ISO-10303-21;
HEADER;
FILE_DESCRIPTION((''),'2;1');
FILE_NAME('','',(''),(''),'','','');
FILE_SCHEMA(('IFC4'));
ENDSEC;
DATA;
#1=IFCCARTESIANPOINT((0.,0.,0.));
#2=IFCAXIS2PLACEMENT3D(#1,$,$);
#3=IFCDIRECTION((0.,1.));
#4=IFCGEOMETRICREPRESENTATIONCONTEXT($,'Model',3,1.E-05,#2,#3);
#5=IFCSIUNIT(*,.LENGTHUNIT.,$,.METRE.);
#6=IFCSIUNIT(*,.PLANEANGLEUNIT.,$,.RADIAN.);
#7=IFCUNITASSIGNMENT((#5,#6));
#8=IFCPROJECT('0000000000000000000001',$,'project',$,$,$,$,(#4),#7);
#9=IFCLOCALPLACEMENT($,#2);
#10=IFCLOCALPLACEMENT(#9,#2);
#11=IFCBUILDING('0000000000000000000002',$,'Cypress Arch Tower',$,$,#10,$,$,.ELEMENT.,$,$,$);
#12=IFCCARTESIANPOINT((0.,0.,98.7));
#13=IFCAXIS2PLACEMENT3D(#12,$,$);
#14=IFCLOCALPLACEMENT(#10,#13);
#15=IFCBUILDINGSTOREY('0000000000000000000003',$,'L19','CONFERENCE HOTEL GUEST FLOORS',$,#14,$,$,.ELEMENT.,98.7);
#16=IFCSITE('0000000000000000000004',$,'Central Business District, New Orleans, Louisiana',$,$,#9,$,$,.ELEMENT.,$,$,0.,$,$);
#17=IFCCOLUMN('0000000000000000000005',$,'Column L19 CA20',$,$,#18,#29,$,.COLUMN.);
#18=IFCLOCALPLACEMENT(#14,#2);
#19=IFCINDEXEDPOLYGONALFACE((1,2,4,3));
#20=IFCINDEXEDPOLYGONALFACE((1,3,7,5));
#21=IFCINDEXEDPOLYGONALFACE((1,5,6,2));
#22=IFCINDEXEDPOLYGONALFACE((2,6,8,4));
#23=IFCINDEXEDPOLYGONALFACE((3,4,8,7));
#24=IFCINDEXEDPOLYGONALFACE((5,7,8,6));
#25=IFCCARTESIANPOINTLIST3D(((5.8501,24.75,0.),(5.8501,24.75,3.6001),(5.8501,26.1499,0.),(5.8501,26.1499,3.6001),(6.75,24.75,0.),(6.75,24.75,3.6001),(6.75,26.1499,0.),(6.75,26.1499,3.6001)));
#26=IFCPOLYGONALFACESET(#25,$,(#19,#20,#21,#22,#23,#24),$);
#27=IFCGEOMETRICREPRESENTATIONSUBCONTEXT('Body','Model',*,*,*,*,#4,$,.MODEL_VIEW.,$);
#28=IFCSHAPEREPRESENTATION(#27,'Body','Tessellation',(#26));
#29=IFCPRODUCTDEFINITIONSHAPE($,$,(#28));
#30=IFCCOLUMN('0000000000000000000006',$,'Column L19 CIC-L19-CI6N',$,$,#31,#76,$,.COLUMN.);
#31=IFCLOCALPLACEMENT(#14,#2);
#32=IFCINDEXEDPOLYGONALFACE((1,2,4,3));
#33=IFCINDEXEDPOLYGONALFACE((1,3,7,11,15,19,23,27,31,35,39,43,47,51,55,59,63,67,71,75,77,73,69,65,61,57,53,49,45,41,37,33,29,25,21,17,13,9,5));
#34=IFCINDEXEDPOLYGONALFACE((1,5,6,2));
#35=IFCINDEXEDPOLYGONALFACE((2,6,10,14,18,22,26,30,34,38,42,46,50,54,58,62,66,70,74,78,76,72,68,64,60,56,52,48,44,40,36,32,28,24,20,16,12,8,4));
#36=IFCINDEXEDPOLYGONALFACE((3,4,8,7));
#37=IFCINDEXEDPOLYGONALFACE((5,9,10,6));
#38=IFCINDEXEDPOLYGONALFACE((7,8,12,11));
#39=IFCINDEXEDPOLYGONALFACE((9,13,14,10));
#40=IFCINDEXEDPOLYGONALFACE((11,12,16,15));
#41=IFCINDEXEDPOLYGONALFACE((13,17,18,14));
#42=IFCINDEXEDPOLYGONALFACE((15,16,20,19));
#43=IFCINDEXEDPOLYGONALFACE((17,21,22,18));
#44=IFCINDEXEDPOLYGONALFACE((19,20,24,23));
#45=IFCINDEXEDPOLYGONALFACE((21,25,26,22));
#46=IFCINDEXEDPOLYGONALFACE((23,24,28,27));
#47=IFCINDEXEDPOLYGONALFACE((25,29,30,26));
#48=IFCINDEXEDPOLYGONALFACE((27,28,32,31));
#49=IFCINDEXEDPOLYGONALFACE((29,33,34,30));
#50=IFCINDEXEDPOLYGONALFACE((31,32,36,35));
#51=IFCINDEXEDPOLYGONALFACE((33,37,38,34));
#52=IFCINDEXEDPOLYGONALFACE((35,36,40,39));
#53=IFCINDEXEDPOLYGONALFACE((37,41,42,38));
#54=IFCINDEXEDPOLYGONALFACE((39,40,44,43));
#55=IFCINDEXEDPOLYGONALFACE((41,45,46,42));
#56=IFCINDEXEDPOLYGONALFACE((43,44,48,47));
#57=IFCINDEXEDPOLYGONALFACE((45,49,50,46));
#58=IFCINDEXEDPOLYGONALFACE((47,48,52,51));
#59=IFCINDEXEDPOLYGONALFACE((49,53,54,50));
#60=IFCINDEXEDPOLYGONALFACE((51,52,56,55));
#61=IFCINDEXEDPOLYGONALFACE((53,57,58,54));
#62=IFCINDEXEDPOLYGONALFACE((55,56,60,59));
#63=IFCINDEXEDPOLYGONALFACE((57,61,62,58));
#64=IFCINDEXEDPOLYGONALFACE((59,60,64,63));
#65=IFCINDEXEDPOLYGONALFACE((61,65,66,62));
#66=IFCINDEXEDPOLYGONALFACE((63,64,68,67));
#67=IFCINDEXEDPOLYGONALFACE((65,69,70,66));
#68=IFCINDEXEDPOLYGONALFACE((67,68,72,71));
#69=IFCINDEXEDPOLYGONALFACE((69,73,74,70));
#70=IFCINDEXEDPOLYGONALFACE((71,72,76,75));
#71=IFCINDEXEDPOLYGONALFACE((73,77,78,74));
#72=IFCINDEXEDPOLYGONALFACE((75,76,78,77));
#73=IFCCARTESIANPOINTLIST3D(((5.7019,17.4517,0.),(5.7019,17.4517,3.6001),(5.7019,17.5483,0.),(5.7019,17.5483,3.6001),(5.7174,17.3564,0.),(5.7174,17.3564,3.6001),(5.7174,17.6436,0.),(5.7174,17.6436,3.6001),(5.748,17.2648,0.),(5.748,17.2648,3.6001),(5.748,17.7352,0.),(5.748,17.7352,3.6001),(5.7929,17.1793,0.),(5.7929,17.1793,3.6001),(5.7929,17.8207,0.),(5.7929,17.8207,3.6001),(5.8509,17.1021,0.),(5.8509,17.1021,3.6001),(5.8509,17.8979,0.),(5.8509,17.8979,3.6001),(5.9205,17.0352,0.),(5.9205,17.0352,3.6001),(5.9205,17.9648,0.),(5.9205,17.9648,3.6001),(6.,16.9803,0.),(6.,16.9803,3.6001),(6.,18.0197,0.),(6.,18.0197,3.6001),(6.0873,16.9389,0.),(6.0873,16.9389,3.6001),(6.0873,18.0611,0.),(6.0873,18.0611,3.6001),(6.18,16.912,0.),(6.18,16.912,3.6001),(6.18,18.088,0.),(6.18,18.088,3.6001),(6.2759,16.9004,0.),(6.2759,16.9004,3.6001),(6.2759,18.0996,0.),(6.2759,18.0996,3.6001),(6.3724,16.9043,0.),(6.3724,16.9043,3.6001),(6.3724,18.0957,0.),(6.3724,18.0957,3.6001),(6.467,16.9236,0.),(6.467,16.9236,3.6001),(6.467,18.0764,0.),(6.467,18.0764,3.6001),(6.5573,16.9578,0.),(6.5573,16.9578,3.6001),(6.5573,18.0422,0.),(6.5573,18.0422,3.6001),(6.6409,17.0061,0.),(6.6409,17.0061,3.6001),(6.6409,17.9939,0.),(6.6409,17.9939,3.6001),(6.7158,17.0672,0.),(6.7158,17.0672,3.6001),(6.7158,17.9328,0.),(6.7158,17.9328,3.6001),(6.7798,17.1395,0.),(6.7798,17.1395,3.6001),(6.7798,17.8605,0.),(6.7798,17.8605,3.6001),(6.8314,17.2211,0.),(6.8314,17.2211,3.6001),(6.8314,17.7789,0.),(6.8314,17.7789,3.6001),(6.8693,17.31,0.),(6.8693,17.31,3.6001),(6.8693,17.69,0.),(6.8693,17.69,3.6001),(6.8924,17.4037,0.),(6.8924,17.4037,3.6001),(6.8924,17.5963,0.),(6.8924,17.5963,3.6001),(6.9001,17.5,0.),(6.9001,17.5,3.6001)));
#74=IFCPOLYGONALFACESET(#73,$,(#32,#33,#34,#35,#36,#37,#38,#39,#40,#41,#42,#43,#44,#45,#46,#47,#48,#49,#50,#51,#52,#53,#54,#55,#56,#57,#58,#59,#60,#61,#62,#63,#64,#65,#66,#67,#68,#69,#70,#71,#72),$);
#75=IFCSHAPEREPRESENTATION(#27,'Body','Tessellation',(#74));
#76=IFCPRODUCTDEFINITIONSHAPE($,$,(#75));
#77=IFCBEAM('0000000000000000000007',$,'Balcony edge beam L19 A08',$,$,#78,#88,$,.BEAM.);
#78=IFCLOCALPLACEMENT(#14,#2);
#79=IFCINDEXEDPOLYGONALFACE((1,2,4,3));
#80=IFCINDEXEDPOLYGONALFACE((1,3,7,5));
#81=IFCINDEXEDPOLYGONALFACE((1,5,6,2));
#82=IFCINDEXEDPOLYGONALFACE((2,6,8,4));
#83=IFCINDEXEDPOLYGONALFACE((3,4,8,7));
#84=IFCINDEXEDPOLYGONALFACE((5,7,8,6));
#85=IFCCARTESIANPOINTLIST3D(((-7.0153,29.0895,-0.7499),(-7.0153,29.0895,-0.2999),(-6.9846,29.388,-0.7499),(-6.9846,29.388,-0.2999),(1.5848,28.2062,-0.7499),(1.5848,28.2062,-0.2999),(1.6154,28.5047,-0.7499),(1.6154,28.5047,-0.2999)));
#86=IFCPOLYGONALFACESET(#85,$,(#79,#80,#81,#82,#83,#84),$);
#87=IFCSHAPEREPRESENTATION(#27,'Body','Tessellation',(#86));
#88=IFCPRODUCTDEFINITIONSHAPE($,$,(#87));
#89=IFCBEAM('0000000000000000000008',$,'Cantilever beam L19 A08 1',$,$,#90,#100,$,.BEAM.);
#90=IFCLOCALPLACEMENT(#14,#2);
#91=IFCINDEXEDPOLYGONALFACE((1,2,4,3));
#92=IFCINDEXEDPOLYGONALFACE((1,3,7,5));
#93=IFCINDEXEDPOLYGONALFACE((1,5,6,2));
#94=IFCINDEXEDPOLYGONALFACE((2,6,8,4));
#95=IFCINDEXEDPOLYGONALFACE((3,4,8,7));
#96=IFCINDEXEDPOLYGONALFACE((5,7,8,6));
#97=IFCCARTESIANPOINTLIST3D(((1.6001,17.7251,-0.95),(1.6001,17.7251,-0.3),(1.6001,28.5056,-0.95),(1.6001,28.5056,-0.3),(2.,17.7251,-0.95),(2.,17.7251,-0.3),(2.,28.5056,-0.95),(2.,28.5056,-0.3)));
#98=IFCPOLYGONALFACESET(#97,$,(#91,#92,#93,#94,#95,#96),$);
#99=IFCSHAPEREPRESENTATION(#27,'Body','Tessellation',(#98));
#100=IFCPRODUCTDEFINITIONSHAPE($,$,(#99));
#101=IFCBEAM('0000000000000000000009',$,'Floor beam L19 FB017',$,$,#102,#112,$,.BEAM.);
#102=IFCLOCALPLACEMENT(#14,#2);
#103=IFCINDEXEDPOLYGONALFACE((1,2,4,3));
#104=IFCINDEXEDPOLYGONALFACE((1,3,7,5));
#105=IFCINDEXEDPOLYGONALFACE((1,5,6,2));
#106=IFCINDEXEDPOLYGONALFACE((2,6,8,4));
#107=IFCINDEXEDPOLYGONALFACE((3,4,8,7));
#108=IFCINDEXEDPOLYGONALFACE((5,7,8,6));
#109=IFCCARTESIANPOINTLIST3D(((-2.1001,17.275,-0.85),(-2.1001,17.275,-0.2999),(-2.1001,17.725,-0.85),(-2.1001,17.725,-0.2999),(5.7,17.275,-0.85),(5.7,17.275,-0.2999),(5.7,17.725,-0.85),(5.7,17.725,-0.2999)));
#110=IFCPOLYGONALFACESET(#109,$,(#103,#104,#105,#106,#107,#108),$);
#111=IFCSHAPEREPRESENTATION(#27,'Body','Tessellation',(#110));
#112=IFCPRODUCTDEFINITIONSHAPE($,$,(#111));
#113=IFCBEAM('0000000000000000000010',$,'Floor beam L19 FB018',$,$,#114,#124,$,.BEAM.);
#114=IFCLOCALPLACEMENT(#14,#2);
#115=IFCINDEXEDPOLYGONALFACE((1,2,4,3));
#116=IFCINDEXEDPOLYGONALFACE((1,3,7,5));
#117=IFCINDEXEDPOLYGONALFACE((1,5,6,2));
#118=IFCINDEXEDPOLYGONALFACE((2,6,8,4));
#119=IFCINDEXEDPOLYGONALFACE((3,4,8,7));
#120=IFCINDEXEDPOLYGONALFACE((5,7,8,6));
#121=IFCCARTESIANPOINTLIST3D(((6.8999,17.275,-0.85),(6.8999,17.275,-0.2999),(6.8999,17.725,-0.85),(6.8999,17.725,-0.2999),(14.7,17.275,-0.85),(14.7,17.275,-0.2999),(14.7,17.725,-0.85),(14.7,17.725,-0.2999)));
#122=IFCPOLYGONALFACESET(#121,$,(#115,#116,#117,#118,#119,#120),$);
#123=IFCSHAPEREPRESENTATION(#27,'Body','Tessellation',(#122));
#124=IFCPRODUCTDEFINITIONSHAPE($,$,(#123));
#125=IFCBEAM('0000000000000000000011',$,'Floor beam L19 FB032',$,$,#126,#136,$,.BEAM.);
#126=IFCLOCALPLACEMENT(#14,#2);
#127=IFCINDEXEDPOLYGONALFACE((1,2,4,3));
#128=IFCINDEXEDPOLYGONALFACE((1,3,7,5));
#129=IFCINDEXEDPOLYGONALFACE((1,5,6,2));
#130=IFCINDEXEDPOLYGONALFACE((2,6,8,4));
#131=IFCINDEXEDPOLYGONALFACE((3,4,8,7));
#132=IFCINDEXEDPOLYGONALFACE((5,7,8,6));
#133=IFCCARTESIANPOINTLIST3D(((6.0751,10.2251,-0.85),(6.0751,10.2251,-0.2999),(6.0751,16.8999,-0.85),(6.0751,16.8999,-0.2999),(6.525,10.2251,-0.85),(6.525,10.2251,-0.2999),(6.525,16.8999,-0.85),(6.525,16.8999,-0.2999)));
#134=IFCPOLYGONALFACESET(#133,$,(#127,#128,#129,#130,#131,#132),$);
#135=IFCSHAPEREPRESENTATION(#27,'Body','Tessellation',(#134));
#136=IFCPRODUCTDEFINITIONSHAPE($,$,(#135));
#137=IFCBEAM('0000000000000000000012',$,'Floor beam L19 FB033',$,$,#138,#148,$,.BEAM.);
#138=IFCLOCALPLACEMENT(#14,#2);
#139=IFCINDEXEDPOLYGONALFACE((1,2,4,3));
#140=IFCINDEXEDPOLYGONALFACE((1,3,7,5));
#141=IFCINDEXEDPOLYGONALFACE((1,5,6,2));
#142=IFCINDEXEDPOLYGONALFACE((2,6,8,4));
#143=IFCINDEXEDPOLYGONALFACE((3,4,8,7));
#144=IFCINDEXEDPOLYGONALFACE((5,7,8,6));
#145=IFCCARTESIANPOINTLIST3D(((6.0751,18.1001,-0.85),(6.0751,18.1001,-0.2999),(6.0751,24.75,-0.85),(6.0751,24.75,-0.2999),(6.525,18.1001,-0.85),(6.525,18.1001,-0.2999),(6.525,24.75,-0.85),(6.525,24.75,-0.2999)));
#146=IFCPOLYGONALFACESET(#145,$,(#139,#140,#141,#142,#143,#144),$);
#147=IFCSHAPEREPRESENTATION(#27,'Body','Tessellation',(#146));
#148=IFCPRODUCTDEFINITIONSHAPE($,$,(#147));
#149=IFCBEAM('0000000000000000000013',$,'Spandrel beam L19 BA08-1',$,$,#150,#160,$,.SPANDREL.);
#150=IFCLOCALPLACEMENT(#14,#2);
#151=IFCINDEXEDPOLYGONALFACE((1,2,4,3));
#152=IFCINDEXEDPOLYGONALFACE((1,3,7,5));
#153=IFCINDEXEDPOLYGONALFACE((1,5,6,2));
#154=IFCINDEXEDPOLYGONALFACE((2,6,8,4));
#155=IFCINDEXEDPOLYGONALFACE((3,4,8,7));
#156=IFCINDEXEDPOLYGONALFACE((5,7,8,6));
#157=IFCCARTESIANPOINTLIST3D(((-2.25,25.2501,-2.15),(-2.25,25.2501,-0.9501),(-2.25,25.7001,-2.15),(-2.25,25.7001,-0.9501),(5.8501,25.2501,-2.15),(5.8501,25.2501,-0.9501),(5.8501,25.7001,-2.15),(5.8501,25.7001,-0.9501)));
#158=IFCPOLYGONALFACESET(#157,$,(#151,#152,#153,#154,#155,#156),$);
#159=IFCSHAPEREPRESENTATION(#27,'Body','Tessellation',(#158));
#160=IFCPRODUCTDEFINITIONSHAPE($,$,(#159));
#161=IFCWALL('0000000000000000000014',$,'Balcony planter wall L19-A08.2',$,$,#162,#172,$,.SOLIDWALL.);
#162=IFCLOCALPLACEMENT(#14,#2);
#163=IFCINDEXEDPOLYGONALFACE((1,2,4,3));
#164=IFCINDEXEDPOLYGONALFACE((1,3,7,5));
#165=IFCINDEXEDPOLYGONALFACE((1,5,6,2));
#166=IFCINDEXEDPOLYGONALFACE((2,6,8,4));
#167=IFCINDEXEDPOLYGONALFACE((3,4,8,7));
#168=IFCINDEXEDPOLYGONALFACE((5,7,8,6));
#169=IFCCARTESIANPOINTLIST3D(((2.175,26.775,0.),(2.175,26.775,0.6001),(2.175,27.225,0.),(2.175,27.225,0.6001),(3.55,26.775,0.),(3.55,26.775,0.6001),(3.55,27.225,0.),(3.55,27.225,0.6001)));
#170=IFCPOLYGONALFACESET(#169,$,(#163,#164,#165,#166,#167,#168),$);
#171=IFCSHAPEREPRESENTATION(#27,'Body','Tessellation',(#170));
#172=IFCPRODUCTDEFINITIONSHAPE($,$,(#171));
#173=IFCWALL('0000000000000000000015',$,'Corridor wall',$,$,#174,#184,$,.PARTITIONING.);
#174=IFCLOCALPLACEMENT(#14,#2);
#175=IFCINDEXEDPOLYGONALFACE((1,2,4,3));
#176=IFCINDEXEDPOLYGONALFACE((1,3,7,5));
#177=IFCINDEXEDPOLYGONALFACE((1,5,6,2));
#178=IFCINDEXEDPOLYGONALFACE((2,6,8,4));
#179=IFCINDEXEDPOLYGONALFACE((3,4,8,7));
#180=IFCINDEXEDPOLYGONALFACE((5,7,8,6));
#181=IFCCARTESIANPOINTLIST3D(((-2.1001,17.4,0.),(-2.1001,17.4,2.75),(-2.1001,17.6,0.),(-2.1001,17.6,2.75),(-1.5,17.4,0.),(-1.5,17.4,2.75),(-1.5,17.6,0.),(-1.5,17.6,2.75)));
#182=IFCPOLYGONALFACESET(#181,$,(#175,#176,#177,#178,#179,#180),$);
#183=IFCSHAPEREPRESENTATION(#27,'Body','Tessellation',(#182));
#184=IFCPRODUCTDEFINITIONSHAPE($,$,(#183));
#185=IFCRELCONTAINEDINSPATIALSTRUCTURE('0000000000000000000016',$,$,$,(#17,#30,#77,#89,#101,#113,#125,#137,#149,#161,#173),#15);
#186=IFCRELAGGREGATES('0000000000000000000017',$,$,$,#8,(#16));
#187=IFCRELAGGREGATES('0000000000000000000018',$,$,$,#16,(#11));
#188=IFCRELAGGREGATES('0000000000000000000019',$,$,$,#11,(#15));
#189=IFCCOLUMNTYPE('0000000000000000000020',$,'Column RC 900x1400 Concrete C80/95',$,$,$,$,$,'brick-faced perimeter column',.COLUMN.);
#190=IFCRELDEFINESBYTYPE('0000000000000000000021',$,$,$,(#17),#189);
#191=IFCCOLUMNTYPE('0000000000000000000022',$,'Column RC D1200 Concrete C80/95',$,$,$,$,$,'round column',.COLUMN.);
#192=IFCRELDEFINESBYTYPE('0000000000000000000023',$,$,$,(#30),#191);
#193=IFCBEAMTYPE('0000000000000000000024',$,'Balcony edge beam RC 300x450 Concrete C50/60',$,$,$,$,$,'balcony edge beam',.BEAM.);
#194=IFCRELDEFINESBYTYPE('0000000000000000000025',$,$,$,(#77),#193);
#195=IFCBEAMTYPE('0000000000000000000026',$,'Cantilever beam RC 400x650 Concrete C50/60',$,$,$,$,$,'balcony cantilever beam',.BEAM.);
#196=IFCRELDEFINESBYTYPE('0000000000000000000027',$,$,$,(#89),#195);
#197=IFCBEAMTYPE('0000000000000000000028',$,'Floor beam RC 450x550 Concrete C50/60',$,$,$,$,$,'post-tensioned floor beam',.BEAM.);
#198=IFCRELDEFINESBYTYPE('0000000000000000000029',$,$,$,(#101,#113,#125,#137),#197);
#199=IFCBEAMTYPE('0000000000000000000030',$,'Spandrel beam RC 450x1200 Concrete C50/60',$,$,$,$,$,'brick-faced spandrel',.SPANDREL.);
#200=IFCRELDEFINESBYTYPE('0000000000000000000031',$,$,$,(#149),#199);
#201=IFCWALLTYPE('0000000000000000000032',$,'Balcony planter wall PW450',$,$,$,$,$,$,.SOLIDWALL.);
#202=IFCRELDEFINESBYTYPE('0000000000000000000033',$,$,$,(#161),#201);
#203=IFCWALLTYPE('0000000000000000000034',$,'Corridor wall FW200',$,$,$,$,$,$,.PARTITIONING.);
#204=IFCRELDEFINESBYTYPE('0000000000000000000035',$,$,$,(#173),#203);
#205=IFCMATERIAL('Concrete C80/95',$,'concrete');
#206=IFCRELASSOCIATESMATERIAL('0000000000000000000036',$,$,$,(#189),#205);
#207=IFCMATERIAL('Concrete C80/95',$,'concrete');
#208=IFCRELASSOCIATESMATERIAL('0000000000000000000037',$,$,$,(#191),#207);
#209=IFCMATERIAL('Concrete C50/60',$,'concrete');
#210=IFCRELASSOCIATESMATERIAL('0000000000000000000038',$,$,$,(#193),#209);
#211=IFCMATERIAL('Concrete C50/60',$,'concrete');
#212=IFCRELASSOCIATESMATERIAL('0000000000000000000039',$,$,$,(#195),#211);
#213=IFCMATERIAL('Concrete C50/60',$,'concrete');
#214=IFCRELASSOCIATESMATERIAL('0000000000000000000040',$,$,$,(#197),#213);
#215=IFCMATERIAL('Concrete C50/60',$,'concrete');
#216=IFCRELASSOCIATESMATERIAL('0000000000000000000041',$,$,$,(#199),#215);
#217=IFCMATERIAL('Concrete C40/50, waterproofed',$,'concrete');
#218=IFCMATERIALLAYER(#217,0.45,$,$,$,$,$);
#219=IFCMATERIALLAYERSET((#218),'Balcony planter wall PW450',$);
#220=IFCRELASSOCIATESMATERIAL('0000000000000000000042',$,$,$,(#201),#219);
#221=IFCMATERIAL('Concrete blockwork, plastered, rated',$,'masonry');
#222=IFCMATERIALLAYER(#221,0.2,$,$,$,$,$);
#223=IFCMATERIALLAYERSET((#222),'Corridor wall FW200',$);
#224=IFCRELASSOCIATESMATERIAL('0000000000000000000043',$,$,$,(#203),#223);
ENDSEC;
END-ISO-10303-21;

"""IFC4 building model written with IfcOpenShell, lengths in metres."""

from ifc_helpers import new_model, si_unit, direction, frame, frame_2d, origin, origin_2d, place, context, subcontext, project, spatial, rectangle, circle, extrude, material, layer, layer_set, material_profile, profile_set, type_object, element, save


model = new_model("IFC4")

# Units and contexts
model_context = context("Model", 3, precision=1e-05, world=origin(), true_north=direction((0.0, 1.0)))
body_context = subcontext(model_context, "Body", "Model", "MODEL_VIEW")
ifc_project = project(units=[si_unit("LENGTHUNIT", "METRE"), si_unit("PLANEANGLEUNIT", "RADIAN")], contexts=[model_context])

# Site, building, storey
site_placement = place(None, origin())
site = spatial("IfcSite", under=ifc_project, at=site_placement, Name="Central Business District, New Orleans, Louisiana", CompositionType="ELEMENT", RefElevation=0.0)
building_placement = place(site_placement, origin())
building = spatial("IfcBuilding", under=site, at=building_placement, Name="Cypress Arch Tower", CompositionType="ELEMENT")
storey_placement = place(building_placement, frame((0.0, 0.0, 98.7)))
storey = spatial("IfcBuildingStorey", under=building, at=storey_placement, Name="L19", Description="CONFERENCE HOTEL GUEST FLOORS", CompositionType="ELEMENT", Elevation=98.7)

# Columns
ifc_material_1 = material(Name="Concrete C80/95", Category="concrete")
ifc_material_profile_1 = material_profile(ifc_material_1, rectangle(XDim=0.8999, YDim=1.3999, at=origin_2d()), Name="RC 900x1400")
ifc_profile_set_1 = profile_set([ifc_material_profile_1], Name="Concrete C80/95")
column_type_1 = type_object("IfcColumnType", Name="Column RC 900x1400 Concrete C80/95", ElementType="brick-faced perimeter column", PredefinedType="COLUMN", material=ifc_profile_set_1)
column_1_placement = place(storey_placement, frame((6.3, 25.45, 0.0), z_axis=(0.0, 0.0, 1.0), x_axis=(-1.0, 0.0, 0.0)))
element("IfcColumn", 1, at=column_1_placement, inside=storey, type_object=column_type_1, Name="Column L19 CA20", PredefinedType="COLUMN", context=body_context, shape_type="SweptSolid", body=[
    extrude(rectangle(XDim=0.8999, YDim=1.3999, at=origin_2d()), origin(), (0.0, 0.0, 1.0), 3.6001),
])
ifc_material_2 = material(Name="Concrete C80/95", Category="concrete")
ifc_material_profile_2 = material_profile(ifc_material_2, circle(Radius=0.6001, at=origin_2d()), Name="RC D1200")
ifc_profile_set_2 = profile_set([ifc_material_profile_2], Name="Concrete C80/95")
column_type_2 = type_object("IfcColumnType", Name="Column RC D1200 Concrete C80/95", ElementType="round column", PredefinedType="COLUMN", material=ifc_profile_set_2)
column_2_placement = place(storey_placement, frame((6.3, 17.5, 0.0), z_axis=(0.0, 0.0, 1.0), x_axis=(1.0, 0.0, 0.0)))
element("IfcColumn", 2, at=column_2_placement, inside=storey, type_object=column_type_2, Name="Column L19 CIC-L19-CI6N", PredefinedType="COLUMN", context=body_context, shape_type="SweptSolid", body=[
    extrude(circle(Radius=0.6001, at=origin_2d()), origin(), (0.0, 0.0, 1.0), 3.6001),
])

# Beams
ifc_material_3 = material(Name="Concrete C50/60", Category="concrete")
ifc_material_profile_3 = material_profile(ifc_material_3, rectangle(XDim=0.3, YDim=0.45, at=origin_2d()), Name="RC 300x450")
ifc_profile_set_3 = profile_set([ifc_material_profile_3], Name="Concrete C50/60")
beam_type_1 = type_object("IfcBeamType", Name="Balcony edge beam RC 300x450 Concrete C50/60", ElementType="balcony edge beam", PredefinedType="BEAM", material=ifc_profile_set_3)
beam_1_placement = place(storey_placement, frame((1.6001, 28.3555, -0.5249), z_axis=(-0.994767, 0.102171, 0.0), x_axis=(-0.102171, -0.994767, 0.0)))
element("IfcBeam", 3, at=beam_1_placement, inside=storey, type_object=beam_type_1, Name="Balcony edge beam L19 A08", PredefinedType="BEAM", context=body_context, shape_type="SweptSolid", body=[
    extrude(rectangle(XDim=0.3, YDim=0.45, at=origin_2d()), origin(), (0.0, 0.0, 1.0), 8.6453),
])
ifc_material_4 = material(Name="Concrete C50/60", Category="concrete")
ifc_material_profile_4 = material_profile(ifc_material_4, rectangle(XDim=0.3999, YDim=0.6499, at=origin_2d()), Name="RC 400x650")
ifc_profile_set_4 = profile_set([ifc_material_profile_4], Name="Concrete C50/60")
beam_type_2 = type_object("IfcBeamType", Name="Cantilever beam RC 400x650 Concrete C50/60", ElementType="balcony cantilever beam", PredefinedType="BEAM", material=ifc_profile_set_4)
beam_2_placement = place(storey_placement, frame((1.8, 17.7251, -0.625), z_axis=(0.0, 1.0, 0.0), x_axis=(-1.0, 0.0, 0.0)))
element("IfcBeam", 4, at=beam_2_placement, inside=storey, type_object=beam_type_2, Name="Cantilever beam L19 A08 1", PredefinedType="BEAM", context=body_context, shape_type="SweptSolid", body=[
    extrude(rectangle(XDim=0.3999, YDim=0.6499, at=origin_2d()), origin(), (0.0, 0.0, 1.0), 10.7805),
])
ifc_material_5 = material(Name="Concrete C50/60", Category="concrete")
ifc_material_profile_5 = material_profile(ifc_material_5, rectangle(XDim=0.45, YDim=0.55, at=origin_2d()), Name="RC 450x550")
ifc_profile_set_5 = profile_set([ifc_material_profile_5], Name="Concrete C50/60")
beam_type_3 = type_object("IfcBeamType", Name="Floor beam RC 450x550 Concrete C50/60", ElementType="post-tensioned floor beam", PredefinedType="BEAM", material=ifc_profile_set_5)
for number, where, z_axis, x_axis, name in (
    (5, (-2.1001, 17.5, -0.575), (1.0, 0.0, 0.0), (0.0, 1.0, 0.0), "Floor beam L19 FB017"),
    (6, (6.8999, 17.5, -0.575), (1.0, 0.0, 0.0), (0.0, 1.0, 0.0), "Floor beam L19 FB018"),
):
    element("IfcBeam", number, at=place(storey_placement, frame(where, z_axis=z_axis, x_axis=x_axis)), inside=storey, type_object=beam_type_3, Name=name, PredefinedType="BEAM", context=body_context, shape_type="SweptSolid", body=[
        extrude(rectangle(XDim=0.45, YDim=0.55, at=origin_2d()), origin(), (0.0, 0.0, 1.0), 7.8),
    ])
beam_3_placement = place(storey_placement, frame((6.3, 10.2251, -0.575), z_axis=(0.0, 1.0, 0.0), x_axis=(-1.0, 0.0, 0.0)))
element("IfcBeam", 7, at=beam_3_placement, inside=storey, type_object=beam_type_3, Name="Floor beam L19 FB032", PredefinedType="BEAM", context=body_context, shape_type="SweptSolid", body=[
    extrude(rectangle(XDim=0.45, YDim=0.55, at=origin_2d()), origin(), (0.0, 0.0, 1.0), 6.6748),
])
beam_4_placement = place(storey_placement, frame((6.3, 18.1001, -0.575), z_axis=(0.0, 1.0, 0.0), x_axis=(-1.0, 0.0, 0.0)))
element("IfcBeam", 8, at=beam_4_placement, inside=storey, type_object=beam_type_3, Name="Floor beam L19 FB033", PredefinedType="BEAM", context=body_context, shape_type="SweptSolid", body=[
    extrude(rectangle(XDim=0.45, YDim=0.55, at=origin_2d()), origin(), (0.0, 0.0, 1.0), 6.6499),
])
ifc_material_6 = material(Name="Concrete C50/60", Category="concrete")
ifc_material_profile_6 = material_profile(ifc_material_6, rectangle(XDim=0.45, YDim=1.2, at=origin_2d()), Name="RC 450x1200")
ifc_profile_set_6 = profile_set([ifc_material_profile_6], Name="Concrete C50/60")
beam_type_4 = type_object("IfcBeamType", Name="Spandrel beam RC 450x1200 Concrete C50/60", ElementType="brick-faced spandrel", PredefinedType="SPANDREL", material=ifc_profile_set_6)
beam_5_placement = place(storey_placement, frame((5.8501, 25.4751, -1.55), z_axis=(-1.0, 0.0, 0.0), x_axis=(0.0, -1.0, 0.0)))
element("IfcBeam", 9, at=beam_5_placement, inside=storey, type_object=beam_type_4, Name="Spandrel beam L19 BA08-1", PredefinedType="SPANDREL", context=body_context, shape_type="SweptSolid", body=[
    extrude(rectangle(XDim=0.45, YDim=1.2, at=origin_2d()), origin(), (0.0, 0.0, 1.0), 8.1001),
])

# Wall
ifc_material_7 = material(Name="Concrete C40/50, waterproofed", Category="concrete")
ifc_layer_1 = layer(ifc_material_7, 0.45)
ifc_layer_set_1 = layer_set([ifc_layer_1], Name="Balcony planter wall PW450")
wall_type_1 = type_object("IfcWallType", Name="Balcony planter wall PW450", PredefinedType="SOLIDWALL", material=ifc_layer_set_1)
wall_1_placement = place(storey_placement, frame((3.55, 27.0, 0.0), z_axis=(0.0, 0.0, 1.0), x_axis=(-1.0, 0.0, 0.0)))
element("IfcWall", 10, at=wall_1_placement, inside=storey, type_object=wall_type_1, Name="Balcony planter wall L19-A08.2", PredefinedType="SOLIDWALL", context=body_context, shape_type="SweptSolid", body=[
    extrude(rectangle(XDim=1.375, YDim=0.45, at=frame_2d((0.6875, 0.0))), origin(), (0.0, 0.0, 1.0), 0.6001),
])

# Wall
ifc_material_8 = material(Name="Concrete blockwork, plastered, rated", Category="masonry")
ifc_layer_2 = layer(ifc_material_8, 0.2)
ifc_layer_set_2 = layer_set([ifc_layer_2], Name="Corridor wall FW200")
wall_type_2 = type_object("IfcWallType", Name="Corridor wall FW200", PredefinedType="PARTITIONING", material=ifc_layer_set_2)
wall_2_placement = place(storey_placement, frame((-2.1001, 17.5, 0.0), z_axis=(0.0, 0.0, 1.0), x_axis=(1.0, 0.0, 0.0)))
element("IfcWall", 11, at=wall_2_placement, inside=storey, type_object=wall_type_2, Name="Corridor wall", PredefinedType="PARTITIONING", context=body_context, shape_type="SweptSolid", body=[
    extrude(rectangle(XDim=0.6001, YDim=0.2, at=frame_2d((0.3, 0.0))), origin(), (0.0, 0.0, 1.0), 2.75),
])

save(model, "model.ifc")
